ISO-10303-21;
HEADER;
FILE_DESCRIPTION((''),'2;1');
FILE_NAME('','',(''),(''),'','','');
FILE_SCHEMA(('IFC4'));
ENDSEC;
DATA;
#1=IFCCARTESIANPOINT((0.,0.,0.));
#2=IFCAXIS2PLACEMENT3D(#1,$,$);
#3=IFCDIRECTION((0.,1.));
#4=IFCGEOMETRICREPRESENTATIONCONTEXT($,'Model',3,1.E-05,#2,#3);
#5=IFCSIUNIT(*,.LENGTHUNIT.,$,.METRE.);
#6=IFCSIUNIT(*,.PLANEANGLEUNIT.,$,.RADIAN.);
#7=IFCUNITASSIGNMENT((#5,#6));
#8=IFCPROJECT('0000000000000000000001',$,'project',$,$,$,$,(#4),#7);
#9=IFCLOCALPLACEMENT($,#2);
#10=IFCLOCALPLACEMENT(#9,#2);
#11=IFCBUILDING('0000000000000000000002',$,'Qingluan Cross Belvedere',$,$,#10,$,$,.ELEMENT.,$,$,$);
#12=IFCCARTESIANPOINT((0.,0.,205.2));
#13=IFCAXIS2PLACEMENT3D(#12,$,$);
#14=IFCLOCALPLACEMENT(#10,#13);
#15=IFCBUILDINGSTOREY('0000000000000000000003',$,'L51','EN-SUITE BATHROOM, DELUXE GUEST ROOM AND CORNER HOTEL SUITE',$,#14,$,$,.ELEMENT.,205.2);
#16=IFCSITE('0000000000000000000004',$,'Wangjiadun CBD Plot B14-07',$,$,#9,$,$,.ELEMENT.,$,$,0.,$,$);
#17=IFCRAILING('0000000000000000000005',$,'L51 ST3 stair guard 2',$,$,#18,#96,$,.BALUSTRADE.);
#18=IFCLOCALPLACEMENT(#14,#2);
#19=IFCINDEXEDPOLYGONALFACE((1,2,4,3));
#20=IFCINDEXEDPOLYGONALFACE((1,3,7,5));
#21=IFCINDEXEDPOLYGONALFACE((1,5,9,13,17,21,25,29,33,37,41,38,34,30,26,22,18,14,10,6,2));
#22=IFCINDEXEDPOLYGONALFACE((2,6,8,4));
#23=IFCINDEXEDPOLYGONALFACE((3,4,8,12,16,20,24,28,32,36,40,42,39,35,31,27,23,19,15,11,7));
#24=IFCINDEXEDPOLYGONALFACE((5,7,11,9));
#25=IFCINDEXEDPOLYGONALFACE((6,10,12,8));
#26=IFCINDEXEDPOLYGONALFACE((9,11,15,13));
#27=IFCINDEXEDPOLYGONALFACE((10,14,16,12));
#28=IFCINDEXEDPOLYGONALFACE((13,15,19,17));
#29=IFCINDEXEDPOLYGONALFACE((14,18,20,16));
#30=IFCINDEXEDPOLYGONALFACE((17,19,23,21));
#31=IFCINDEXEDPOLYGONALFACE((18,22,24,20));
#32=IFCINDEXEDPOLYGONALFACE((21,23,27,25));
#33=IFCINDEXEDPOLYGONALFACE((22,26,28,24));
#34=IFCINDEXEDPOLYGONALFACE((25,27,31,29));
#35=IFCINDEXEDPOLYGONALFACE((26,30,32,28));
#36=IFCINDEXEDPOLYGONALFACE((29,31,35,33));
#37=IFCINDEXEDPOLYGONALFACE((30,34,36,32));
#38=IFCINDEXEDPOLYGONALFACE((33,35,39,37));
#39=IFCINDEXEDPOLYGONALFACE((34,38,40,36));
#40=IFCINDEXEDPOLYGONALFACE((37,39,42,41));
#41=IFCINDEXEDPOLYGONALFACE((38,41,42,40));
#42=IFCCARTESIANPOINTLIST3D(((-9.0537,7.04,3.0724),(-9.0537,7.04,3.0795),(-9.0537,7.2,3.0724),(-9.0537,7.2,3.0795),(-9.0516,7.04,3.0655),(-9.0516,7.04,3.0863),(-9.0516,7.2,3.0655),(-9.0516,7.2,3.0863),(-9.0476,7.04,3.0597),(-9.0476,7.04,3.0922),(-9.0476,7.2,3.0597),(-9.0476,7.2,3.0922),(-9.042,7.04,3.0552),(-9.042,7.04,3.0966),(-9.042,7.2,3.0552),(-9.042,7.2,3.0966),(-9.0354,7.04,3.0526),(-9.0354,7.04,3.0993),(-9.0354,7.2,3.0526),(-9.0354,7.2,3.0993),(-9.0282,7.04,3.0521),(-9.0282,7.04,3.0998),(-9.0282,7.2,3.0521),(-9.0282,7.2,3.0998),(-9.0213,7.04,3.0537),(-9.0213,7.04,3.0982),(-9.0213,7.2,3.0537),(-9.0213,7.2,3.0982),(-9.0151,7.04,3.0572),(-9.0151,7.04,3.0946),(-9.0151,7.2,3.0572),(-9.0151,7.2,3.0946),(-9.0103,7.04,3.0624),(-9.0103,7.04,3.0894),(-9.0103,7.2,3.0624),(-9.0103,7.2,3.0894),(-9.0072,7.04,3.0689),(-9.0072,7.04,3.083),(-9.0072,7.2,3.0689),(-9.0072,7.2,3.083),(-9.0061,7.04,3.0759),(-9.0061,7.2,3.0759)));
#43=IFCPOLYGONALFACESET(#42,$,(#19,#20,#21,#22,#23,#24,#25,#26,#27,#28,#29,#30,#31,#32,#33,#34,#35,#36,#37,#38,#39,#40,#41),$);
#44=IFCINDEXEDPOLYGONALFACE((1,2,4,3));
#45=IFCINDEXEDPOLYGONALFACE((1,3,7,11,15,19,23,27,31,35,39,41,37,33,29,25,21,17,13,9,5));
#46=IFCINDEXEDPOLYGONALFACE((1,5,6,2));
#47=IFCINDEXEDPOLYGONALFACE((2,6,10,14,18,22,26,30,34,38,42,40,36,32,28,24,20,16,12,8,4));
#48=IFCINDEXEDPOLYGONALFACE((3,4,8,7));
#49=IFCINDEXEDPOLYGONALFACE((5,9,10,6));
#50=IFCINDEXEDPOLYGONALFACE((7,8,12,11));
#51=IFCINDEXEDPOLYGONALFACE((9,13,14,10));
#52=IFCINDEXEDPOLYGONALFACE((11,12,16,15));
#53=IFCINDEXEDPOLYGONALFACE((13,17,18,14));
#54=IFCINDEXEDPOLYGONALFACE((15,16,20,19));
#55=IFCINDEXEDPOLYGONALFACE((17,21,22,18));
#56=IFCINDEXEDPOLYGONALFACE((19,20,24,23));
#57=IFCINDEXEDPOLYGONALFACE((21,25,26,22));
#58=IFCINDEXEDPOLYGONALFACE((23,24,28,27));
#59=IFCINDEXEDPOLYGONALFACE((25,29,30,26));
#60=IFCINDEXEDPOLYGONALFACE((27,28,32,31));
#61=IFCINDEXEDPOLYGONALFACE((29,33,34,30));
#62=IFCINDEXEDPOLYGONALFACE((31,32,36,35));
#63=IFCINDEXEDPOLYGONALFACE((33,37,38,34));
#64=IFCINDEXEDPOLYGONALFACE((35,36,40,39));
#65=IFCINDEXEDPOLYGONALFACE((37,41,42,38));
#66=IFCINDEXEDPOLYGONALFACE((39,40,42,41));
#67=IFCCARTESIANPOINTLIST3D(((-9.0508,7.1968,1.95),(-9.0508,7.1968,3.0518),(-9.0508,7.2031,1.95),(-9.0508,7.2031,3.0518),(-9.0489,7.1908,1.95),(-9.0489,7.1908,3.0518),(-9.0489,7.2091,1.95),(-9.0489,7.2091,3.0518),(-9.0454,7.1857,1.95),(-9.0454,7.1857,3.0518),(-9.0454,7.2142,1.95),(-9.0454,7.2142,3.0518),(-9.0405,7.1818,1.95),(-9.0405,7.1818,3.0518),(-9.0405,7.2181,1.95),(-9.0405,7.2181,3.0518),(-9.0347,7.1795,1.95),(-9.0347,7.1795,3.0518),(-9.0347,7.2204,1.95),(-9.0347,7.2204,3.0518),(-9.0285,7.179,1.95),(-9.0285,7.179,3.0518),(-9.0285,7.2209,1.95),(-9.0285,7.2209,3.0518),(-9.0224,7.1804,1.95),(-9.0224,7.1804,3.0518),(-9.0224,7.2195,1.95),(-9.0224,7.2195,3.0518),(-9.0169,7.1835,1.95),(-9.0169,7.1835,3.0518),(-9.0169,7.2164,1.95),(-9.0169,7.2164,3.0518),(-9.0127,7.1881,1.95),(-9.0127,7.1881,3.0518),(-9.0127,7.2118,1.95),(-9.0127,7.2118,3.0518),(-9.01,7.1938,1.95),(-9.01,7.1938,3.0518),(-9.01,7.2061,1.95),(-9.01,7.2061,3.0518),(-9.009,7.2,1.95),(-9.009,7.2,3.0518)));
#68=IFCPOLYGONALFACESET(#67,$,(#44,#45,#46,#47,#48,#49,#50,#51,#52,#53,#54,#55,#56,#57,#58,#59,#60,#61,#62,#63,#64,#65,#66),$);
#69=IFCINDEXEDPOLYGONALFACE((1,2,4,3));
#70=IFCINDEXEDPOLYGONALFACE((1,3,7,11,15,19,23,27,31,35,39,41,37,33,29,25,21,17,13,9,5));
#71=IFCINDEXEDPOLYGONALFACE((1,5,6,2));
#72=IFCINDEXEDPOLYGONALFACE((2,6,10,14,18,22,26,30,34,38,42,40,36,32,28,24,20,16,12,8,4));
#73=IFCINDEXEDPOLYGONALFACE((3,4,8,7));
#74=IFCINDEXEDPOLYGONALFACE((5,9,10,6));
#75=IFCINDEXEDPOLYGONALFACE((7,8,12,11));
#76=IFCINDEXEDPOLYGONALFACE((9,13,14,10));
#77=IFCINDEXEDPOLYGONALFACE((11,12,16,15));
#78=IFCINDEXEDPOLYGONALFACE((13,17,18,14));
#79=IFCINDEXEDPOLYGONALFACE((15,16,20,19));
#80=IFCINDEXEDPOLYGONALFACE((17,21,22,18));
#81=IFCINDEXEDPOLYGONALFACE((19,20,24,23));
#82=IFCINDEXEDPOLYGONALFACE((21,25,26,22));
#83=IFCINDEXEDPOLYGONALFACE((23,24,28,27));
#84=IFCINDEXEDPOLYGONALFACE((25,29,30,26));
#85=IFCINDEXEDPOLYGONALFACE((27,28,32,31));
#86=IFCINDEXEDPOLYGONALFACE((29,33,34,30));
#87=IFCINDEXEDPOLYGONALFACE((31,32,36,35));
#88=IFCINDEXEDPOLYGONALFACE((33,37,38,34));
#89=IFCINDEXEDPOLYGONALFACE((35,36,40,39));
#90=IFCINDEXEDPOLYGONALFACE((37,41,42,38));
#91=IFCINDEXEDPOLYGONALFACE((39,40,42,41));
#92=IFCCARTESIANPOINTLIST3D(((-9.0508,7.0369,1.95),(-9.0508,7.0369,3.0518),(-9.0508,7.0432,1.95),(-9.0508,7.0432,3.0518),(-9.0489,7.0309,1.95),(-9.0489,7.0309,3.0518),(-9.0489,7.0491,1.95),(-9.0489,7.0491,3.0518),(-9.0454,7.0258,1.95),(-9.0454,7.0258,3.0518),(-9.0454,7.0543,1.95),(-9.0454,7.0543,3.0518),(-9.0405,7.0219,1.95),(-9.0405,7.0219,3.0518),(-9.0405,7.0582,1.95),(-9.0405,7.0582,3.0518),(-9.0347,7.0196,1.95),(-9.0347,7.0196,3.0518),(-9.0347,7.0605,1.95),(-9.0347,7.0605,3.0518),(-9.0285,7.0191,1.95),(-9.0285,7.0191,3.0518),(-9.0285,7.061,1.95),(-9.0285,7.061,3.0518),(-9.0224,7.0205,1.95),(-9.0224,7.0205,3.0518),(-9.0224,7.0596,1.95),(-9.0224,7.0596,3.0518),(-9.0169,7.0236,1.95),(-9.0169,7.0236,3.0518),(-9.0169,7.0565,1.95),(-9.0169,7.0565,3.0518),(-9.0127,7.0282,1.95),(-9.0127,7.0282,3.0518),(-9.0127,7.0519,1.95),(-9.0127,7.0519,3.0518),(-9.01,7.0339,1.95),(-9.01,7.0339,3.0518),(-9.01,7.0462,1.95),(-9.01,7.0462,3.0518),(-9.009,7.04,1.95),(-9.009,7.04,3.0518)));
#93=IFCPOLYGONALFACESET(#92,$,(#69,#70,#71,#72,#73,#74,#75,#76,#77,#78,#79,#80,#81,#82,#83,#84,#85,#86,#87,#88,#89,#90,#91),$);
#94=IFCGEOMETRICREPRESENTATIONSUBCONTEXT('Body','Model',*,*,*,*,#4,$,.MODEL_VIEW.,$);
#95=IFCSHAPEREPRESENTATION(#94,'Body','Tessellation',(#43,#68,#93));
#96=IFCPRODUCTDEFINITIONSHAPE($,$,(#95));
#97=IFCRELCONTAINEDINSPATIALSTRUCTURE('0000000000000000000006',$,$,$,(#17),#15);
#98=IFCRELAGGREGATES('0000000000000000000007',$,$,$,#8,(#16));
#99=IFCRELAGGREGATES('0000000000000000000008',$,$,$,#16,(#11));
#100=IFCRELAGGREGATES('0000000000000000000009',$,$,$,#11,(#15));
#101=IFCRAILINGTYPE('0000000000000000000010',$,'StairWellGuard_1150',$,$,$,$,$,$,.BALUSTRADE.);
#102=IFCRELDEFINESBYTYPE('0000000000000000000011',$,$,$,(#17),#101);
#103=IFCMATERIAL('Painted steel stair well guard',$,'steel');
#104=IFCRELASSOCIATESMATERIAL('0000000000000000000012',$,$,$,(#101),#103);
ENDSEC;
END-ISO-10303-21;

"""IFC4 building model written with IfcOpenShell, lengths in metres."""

from ifc_helpers import new_model, si_unit, direction, frame, origin, origin_2d, place, context, subcontext, project, spatial, circle, extrude, material, type_object, element, save


model = new_model("IFC4")

# Units and contexts
model_context = context("Model", 3, precision=1e-05, world=origin(), true_north=direction((0.0, 1.0)))
body_context = subcontext(model_context, "Body", "Model", "MODEL_VIEW")
ifc_project = project(units=[si_unit("LENGTHUNIT", "METRE"), si_unit("PLANEANGLEUNIT", "RADIAN")], contexts=[model_context])

# Site, building, storey
site_placement = place(None, origin())
site = spatial("IfcSite", under=ifc_project, at=site_placement, Name="Wangjiadun CBD Plot B14-07", CompositionType="ELEMENT", RefElevation=0.0)
building_placement = place(site_placement, origin())
building = spatial("IfcBuilding", under=site, at=building_placement, Name="Qingluan Cross Belvedere", CompositionType="ELEMENT")
storey_placement = place(building_placement, frame((0.0, 0.0, 205.2)))
storey = spatial("IfcBuildingStorey", under=building, at=storey_placement, Name="L51", Description="EN-SUITE BATHROOM, DELUXE GUEST ROOM AND CORNER HOTEL SUITE", CompositionType="ELEMENT", Elevation=205.2)

# Railing
ifc_material_1 = material(Name="Painted steel stair well guard", Category="steel")
railing_type_1 = type_object("IfcRailingType", Name="StairWellGuard_1150", PredefinedType="BALUSTRADE", material=ifc_material_1)
railing_1_placement = place(storey_placement, frame((-9.03, 7.2, 1.95)))
element("IfcRailing", 1, at=railing_1_placement, inside=storey, type_object=railing_type_1, Name="L51 ST3 stair guard 2", PredefinedType="BALUSTRADE", context=body_context, shape_type="SweptSolid", body=[
    extrude(circle(Radius=0.0239, at=origin_2d()), frame((0.0, 0.0, 1.126), z_axis=(0.0, -1.0, 0.0), x_axis=(1.0, 0.0, 0.0)), (0.0, 0.0, 1.0), 0.1599),
    extrude(circle(Radius=0.021, at=origin_2d()), origin(), (0.0, 0.0, 1.0), 1.1018),
    extrude(circle(Radius=0.021, at=origin_2d()), frame((0.0, -0.1599, 0.0)), (0.0, 0.0, 1.0), 1.1018),
])

save(model, "model.ifc")
